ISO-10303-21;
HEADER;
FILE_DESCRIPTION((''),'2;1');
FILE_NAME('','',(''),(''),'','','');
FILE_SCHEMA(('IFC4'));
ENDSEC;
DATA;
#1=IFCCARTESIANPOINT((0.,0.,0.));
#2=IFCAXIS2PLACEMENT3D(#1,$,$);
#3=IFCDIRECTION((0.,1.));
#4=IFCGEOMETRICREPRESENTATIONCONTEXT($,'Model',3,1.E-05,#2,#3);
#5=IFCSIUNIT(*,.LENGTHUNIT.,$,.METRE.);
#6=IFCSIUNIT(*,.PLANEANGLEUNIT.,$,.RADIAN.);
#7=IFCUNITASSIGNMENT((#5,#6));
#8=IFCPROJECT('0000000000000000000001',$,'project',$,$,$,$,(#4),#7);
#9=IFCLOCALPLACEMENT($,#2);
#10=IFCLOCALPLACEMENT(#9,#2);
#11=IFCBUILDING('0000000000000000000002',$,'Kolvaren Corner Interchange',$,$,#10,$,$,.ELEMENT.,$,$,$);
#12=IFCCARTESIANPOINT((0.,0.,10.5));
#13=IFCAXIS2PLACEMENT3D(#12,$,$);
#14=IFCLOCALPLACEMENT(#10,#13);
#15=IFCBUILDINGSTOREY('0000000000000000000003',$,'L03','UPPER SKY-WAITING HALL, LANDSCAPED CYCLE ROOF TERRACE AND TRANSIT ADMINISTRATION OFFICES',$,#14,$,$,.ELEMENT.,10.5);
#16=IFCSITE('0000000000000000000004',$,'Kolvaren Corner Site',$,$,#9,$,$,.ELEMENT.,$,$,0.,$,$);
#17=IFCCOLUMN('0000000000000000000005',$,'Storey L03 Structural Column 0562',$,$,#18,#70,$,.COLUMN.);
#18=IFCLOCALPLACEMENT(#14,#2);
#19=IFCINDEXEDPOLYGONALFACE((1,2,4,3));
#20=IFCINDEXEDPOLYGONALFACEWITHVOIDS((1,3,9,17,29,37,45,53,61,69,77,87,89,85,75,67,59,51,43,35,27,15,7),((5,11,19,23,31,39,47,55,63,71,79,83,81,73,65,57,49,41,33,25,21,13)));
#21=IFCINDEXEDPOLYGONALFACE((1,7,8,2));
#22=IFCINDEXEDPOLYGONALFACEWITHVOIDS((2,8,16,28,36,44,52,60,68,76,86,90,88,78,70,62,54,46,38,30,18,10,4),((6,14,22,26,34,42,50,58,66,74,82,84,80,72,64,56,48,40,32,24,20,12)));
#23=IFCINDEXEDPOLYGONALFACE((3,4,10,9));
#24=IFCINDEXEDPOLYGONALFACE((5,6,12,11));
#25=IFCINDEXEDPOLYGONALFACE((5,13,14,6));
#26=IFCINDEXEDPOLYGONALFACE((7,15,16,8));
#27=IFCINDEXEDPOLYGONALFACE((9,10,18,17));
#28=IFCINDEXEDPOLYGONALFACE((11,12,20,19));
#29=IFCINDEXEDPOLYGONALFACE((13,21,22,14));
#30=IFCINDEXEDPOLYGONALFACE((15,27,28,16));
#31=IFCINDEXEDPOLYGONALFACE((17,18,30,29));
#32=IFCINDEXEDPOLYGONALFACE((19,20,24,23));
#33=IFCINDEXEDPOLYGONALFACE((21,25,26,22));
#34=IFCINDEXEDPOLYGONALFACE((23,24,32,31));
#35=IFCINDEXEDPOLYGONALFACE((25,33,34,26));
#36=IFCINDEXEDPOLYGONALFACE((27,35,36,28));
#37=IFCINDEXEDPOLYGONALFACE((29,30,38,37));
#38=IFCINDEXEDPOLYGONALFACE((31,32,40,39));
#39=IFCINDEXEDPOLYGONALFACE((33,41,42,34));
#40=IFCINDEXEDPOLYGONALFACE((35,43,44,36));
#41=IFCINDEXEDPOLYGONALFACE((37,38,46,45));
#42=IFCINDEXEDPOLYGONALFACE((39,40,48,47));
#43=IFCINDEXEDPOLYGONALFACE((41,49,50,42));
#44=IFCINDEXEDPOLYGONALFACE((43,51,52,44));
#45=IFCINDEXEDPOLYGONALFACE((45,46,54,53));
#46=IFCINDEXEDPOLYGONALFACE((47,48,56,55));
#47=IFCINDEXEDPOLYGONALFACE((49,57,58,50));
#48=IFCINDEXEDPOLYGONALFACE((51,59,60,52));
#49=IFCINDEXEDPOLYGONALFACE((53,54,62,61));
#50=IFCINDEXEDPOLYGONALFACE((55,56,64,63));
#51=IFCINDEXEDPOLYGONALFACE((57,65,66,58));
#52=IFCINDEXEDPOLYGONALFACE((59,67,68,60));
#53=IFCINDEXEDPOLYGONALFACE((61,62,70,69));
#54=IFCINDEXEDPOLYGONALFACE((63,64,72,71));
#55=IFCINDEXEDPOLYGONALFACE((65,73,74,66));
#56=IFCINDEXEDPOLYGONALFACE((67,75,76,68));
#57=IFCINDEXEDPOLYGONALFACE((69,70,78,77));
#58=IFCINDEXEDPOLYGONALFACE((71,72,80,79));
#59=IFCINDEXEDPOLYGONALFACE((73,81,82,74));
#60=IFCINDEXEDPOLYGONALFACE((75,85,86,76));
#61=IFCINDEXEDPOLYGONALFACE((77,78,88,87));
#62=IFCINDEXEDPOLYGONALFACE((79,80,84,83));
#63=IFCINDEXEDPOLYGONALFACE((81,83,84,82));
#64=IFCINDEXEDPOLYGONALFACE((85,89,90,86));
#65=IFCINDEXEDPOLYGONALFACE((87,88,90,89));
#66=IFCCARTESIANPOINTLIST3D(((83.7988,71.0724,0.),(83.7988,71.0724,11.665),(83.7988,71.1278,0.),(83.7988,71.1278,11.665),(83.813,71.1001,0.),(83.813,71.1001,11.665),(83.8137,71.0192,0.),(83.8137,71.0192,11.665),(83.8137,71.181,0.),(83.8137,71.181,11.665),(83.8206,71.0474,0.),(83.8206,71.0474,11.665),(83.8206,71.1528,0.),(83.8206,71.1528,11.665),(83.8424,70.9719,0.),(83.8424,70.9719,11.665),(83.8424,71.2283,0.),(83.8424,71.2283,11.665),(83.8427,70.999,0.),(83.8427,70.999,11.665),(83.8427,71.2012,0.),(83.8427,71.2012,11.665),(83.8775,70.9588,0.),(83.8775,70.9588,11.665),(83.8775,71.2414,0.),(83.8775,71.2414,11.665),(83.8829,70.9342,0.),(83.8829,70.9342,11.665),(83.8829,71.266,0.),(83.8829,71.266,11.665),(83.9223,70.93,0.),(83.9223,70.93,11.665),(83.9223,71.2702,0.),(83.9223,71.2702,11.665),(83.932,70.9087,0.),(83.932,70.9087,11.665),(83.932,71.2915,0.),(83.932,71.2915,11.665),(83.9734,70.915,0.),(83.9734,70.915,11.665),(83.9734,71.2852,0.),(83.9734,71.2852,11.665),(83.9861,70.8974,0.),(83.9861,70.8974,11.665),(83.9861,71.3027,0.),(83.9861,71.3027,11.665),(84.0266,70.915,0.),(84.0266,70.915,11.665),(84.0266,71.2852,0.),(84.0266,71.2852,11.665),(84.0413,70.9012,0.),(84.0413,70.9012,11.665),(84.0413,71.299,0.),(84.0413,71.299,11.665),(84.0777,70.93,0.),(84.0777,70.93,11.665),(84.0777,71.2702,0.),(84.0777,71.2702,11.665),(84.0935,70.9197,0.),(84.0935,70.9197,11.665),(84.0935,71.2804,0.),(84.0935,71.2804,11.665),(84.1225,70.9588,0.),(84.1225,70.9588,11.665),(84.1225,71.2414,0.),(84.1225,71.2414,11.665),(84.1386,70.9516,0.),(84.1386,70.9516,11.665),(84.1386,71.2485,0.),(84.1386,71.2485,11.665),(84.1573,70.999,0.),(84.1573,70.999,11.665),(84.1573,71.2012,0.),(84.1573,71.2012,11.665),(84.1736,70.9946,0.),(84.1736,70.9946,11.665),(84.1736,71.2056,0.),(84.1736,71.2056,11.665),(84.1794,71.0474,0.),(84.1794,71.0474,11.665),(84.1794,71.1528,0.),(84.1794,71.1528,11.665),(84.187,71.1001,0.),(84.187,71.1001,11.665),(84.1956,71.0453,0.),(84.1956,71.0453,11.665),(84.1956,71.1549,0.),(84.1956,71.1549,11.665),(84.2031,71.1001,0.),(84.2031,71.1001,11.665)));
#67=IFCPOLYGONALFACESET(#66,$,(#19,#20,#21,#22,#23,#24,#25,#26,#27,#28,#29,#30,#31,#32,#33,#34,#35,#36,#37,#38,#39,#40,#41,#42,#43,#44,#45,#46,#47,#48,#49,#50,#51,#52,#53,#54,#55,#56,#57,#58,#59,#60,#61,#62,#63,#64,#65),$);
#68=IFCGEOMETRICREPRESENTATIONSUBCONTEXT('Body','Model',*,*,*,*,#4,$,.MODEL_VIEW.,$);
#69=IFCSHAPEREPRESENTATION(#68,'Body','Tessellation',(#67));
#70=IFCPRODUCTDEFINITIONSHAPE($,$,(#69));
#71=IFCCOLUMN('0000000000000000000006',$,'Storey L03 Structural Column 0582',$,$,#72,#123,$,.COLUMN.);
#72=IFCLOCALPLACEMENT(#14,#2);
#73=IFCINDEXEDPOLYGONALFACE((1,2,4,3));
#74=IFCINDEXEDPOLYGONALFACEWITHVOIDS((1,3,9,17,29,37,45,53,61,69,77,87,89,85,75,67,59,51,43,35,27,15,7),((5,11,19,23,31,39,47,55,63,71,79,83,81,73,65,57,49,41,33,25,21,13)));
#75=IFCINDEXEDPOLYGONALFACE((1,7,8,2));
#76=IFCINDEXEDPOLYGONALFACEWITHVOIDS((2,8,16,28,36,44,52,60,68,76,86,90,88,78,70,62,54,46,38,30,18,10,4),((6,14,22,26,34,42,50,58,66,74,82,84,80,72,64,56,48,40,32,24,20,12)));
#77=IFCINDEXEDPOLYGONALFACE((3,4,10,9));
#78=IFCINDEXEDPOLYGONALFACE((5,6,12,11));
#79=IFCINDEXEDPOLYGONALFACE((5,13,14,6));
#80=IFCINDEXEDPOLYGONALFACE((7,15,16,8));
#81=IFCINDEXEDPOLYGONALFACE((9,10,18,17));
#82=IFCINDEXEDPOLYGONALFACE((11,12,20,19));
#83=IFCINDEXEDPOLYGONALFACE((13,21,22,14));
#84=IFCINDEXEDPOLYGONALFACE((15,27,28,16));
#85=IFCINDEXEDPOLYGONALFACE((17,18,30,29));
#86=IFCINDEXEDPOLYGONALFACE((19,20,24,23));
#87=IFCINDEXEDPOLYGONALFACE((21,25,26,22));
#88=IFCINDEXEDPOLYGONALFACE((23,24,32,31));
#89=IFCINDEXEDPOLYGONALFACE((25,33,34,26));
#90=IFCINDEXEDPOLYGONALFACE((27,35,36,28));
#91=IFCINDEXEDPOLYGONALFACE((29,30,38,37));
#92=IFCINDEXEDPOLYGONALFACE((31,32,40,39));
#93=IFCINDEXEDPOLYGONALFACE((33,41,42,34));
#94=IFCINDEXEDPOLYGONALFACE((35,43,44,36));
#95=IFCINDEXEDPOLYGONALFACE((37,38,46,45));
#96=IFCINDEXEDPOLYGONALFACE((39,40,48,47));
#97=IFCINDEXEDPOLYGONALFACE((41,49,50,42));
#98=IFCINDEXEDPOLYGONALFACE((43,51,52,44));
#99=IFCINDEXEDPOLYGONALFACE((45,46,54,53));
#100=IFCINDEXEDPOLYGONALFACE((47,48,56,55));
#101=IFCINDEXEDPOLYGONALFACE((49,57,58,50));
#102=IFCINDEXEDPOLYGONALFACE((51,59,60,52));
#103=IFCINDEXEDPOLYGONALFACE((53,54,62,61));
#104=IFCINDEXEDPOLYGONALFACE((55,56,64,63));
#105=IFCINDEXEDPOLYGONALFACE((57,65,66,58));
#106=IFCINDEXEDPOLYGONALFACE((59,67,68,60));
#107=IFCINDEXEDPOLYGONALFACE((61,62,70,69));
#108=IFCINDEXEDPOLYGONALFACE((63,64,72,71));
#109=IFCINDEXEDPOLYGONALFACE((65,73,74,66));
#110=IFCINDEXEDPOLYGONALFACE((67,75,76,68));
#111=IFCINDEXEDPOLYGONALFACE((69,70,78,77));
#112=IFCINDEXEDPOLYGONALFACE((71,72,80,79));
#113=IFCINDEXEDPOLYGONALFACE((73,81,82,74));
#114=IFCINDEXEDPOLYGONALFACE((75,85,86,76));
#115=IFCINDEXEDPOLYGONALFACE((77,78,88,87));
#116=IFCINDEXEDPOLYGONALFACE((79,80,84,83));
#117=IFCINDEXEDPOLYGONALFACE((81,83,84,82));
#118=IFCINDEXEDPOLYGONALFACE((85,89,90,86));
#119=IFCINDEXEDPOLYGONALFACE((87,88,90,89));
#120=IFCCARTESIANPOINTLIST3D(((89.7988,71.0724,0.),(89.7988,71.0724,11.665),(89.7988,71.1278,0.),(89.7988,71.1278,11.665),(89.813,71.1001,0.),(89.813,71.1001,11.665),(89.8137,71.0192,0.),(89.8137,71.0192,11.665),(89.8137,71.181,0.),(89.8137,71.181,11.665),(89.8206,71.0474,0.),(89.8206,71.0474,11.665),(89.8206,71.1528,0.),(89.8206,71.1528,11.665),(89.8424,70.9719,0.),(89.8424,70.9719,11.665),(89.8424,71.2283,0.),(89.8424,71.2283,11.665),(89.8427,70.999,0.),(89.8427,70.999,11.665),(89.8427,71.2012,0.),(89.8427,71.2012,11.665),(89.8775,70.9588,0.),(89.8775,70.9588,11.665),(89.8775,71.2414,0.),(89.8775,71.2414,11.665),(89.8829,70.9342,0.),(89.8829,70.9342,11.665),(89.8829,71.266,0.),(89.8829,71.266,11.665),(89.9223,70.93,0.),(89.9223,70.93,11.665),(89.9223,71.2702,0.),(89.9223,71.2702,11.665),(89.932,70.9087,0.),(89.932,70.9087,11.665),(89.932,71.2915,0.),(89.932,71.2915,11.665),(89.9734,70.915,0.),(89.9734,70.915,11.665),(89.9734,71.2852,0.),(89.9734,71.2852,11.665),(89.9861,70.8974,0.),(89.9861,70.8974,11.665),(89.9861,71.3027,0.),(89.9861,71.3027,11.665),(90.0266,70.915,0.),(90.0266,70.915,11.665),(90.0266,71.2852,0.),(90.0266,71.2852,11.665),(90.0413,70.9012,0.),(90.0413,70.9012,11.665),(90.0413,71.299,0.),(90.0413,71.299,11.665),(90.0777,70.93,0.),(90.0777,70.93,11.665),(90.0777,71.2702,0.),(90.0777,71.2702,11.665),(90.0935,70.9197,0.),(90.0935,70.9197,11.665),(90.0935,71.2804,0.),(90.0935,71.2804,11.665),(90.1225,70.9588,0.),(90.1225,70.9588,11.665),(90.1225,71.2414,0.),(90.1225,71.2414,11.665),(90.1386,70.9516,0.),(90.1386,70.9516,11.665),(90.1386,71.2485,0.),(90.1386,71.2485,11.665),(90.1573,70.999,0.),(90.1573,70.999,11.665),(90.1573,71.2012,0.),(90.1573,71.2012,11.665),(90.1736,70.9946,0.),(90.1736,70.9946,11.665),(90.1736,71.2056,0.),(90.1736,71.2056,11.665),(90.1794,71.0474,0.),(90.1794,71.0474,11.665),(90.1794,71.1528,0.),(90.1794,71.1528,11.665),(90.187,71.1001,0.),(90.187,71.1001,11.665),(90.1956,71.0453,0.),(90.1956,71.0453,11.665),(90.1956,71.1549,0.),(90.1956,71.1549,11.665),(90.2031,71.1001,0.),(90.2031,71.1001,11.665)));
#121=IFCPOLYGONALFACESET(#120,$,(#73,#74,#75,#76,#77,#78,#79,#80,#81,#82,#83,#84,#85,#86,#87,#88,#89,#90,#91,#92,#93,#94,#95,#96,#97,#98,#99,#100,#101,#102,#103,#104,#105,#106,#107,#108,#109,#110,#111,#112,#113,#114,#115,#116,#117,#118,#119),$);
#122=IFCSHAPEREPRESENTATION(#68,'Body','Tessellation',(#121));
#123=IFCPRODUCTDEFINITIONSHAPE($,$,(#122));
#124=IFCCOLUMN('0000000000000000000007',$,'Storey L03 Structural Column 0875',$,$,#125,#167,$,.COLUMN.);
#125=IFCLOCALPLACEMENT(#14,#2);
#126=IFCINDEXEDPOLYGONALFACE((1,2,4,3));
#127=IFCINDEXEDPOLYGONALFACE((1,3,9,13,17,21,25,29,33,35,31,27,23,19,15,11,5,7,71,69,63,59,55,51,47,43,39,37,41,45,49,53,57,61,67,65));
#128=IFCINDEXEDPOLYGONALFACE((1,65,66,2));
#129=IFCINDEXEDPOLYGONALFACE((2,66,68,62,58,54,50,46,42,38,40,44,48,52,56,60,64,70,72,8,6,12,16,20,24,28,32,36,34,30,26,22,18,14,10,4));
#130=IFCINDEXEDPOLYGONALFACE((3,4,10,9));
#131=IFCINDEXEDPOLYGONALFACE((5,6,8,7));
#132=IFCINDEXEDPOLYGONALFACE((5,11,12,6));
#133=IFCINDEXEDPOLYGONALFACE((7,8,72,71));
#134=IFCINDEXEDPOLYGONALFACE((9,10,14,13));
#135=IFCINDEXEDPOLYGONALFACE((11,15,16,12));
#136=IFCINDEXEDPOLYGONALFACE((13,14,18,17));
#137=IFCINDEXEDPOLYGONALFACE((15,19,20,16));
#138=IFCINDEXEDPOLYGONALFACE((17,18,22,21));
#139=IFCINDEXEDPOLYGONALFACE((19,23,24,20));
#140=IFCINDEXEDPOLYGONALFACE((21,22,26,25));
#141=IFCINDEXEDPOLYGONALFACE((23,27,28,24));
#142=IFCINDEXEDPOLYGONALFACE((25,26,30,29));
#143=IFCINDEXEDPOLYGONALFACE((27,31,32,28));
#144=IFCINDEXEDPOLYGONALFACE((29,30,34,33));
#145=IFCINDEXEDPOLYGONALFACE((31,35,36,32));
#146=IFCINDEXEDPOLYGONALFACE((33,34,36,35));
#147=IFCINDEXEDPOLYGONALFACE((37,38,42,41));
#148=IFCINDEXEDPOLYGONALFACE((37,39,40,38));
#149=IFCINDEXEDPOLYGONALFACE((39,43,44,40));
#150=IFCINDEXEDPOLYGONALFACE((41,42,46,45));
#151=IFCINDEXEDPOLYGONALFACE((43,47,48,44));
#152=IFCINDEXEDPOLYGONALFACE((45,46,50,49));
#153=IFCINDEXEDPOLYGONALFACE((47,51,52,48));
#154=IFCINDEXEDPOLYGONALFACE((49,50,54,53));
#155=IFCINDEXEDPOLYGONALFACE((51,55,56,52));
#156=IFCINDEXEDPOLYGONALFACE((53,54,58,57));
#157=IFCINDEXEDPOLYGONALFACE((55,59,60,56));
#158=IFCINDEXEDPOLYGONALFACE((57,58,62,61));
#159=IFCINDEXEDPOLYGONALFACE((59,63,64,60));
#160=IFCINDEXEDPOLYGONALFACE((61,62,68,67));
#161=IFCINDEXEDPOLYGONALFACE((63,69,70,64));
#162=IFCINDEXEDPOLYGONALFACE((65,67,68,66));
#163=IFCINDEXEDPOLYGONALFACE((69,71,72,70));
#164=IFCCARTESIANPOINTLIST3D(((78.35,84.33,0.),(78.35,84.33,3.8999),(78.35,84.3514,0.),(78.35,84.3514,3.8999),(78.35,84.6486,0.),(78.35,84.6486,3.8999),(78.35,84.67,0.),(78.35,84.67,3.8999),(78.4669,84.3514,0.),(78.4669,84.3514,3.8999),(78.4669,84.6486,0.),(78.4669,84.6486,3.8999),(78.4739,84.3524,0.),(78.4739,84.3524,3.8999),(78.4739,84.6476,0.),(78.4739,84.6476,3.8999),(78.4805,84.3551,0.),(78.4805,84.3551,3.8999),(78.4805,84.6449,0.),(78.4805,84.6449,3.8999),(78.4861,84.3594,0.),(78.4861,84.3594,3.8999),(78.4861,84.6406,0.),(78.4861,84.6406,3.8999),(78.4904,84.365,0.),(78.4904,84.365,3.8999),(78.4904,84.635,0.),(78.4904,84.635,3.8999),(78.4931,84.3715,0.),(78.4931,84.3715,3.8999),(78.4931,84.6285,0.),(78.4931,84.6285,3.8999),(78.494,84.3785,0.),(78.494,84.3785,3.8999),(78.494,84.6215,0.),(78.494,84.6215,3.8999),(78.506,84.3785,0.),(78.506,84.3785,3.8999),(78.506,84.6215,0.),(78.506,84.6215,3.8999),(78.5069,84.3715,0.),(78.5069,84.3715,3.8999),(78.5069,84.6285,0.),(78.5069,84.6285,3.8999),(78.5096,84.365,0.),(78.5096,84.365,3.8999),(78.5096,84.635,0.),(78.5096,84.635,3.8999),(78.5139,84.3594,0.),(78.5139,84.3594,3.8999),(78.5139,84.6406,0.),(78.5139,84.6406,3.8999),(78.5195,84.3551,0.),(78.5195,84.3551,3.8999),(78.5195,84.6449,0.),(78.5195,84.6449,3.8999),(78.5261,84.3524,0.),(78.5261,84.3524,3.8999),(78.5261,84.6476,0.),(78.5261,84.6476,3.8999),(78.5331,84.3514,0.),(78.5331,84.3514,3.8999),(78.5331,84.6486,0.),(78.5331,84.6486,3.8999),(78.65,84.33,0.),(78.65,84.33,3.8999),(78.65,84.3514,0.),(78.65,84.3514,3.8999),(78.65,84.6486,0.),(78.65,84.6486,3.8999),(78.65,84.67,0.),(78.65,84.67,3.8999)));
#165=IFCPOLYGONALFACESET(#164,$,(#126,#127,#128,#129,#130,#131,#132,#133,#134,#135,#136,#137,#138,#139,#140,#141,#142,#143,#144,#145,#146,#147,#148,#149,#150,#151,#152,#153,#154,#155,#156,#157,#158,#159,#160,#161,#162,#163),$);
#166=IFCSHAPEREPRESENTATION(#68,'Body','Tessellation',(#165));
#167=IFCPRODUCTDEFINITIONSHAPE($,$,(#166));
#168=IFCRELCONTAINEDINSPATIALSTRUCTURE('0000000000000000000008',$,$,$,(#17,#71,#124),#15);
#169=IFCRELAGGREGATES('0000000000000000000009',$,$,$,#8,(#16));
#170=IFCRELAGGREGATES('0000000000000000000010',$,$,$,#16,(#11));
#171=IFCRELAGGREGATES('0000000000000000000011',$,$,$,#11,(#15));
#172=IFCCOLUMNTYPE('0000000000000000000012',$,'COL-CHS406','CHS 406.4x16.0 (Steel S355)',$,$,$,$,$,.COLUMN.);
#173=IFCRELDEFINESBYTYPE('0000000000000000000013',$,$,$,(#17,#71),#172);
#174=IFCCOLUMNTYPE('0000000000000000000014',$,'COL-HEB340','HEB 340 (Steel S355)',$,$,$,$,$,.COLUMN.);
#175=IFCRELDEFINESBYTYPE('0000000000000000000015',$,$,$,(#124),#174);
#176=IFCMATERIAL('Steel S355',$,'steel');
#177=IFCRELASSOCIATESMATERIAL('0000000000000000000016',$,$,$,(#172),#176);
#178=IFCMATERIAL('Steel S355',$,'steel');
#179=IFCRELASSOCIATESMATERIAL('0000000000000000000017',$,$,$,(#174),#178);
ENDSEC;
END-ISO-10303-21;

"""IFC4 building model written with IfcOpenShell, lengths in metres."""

from ifc_helpers import new_model, si_unit, direction, frame, origin, origin_2d, place, context, subcontext, project, spatial, hollow_circle, i_section, extrude, material, material_profile, profile_set, type_object, element, save


model = new_model("IFC4")

# Units and contexts
model_context = context("Model", 3, precision=1e-05, world=origin(), true_north=direction((0.0, 1.0)))
body_context = subcontext(model_context, "Body", "Model", "MODEL_VIEW")
ifc_project = project(units=[si_unit("LENGTHUNIT", "METRE"), si_unit("PLANEANGLEUNIT", "RADIAN")], contexts=[model_context])

# Site, building, storey
site_placement = place(None, origin())
site = spatial("IfcSite", under=ifc_project, at=site_placement, Name="Kolvaren Corner Site", CompositionType="ELEMENT", RefElevation=0.0)
building_placement = place(site_placement, origin())
building = spatial("IfcBuilding", under=site, at=building_placement, Name="Kolvaren Corner Interchange", CompositionType="ELEMENT")
storey_placement = place(building_placement, frame((0.0, 0.0, 10.5)))
storey = spatial("IfcBuildingStorey", under=building, at=storey_placement, Name="L03", Description="UPPER SKY-WAITING HALL, LANDSCAPED CYCLE ROOF TERRACE AND TRANSIT ADMINISTRATION OFFICES", CompositionType="ELEMENT", Elevation=10.5)

# Columns
ifc_material_1 = material(Name="Steel S355", Category="steel")
ifc_material_profile_1 = material_profile(ifc_material_1, hollow_circle(Radius=0.2031, WallThickness=0.0161, at=origin_2d()), Name="CHS 406.4x16.0")
ifc_profile_set_1 = profile_set([ifc_material_profile_1], Name="Steel S355")
column_type_1 = type_object("IfcColumnType", Name="COL-CHS406", Description="CHS 406.4x16.0 (Steel S355)", PredefinedType="COLUMN", material=ifc_profile_set_1)
for number, where, z_axis, x_axis, name in (
    (1, (84.0, 71.1001, 0.0), (0.0, 0.0, 1.0), (1.0, 0.0, 0.0), "Storey L03 Structural Column 0562"),
    (2, (90.0, 71.1001, 0.0), (0.0, 0.0, 1.0), (1.0, 0.0, 0.0), "Storey L03 Structural Column 0582"),
):
    element("IfcColumn", number, at=place(storey_placement, frame(where, z_axis=z_axis, x_axis=x_axis)), inside=storey, type_object=column_type_1, Name=name, PredefinedType="COLUMN", context=body_context, shape_type="SweptSolid", body=[
        extrude(hollow_circle(Radius=0.2031, WallThickness=0.0161, at=origin_2d()), origin(), (0.0, 0.0, 1.0), 11.665),
    ])
ifc_material_2 = material(Name="Steel S355", Category="steel")
ifc_material_profile_2 = material_profile(ifc_material_2, i_section(OverallWidth=0.3, OverallDepth=0.3401, WebThickness=0.012, FlangeThickness=0.0215, FilletRadius=0.0271, at=origin_2d()), Name="HEB 340")
ifc_profile_set_2 = profile_set([ifc_material_profile_2], Name="Steel S355")
column_type_2 = type_object("IfcColumnType", Name="COL-HEB340", Description="HEB 340 (Steel S355)", PredefinedType="COLUMN", material=ifc_profile_set_2)
for number, where, z_axis, x_axis, name in (
    (3, (78.5, 84.5, 0.0), (0.0, 0.0, 1.0), (1.0, 0.0, 0.0), "Storey L03 Structural Column 0875"),
):
    element("IfcColumn", number, at=place(storey_placement, frame(where, z_axis=z_axis, x_axis=x_axis)), inside=storey, type_object=column_type_2, Name=name, PredefinedType="COLUMN", context=body_context, shape_type="SweptSolid", body=[
        extrude(i_section(OverallWidth=0.3, OverallDepth=0.3401, WebThickness=0.012, FlangeThickness=0.0215, FilletRadius=0.0271, at=origin_2d()), origin(), (0.0, 0.0, 1.0), 3.8999),
    ])

save(model, "model.ifc")
